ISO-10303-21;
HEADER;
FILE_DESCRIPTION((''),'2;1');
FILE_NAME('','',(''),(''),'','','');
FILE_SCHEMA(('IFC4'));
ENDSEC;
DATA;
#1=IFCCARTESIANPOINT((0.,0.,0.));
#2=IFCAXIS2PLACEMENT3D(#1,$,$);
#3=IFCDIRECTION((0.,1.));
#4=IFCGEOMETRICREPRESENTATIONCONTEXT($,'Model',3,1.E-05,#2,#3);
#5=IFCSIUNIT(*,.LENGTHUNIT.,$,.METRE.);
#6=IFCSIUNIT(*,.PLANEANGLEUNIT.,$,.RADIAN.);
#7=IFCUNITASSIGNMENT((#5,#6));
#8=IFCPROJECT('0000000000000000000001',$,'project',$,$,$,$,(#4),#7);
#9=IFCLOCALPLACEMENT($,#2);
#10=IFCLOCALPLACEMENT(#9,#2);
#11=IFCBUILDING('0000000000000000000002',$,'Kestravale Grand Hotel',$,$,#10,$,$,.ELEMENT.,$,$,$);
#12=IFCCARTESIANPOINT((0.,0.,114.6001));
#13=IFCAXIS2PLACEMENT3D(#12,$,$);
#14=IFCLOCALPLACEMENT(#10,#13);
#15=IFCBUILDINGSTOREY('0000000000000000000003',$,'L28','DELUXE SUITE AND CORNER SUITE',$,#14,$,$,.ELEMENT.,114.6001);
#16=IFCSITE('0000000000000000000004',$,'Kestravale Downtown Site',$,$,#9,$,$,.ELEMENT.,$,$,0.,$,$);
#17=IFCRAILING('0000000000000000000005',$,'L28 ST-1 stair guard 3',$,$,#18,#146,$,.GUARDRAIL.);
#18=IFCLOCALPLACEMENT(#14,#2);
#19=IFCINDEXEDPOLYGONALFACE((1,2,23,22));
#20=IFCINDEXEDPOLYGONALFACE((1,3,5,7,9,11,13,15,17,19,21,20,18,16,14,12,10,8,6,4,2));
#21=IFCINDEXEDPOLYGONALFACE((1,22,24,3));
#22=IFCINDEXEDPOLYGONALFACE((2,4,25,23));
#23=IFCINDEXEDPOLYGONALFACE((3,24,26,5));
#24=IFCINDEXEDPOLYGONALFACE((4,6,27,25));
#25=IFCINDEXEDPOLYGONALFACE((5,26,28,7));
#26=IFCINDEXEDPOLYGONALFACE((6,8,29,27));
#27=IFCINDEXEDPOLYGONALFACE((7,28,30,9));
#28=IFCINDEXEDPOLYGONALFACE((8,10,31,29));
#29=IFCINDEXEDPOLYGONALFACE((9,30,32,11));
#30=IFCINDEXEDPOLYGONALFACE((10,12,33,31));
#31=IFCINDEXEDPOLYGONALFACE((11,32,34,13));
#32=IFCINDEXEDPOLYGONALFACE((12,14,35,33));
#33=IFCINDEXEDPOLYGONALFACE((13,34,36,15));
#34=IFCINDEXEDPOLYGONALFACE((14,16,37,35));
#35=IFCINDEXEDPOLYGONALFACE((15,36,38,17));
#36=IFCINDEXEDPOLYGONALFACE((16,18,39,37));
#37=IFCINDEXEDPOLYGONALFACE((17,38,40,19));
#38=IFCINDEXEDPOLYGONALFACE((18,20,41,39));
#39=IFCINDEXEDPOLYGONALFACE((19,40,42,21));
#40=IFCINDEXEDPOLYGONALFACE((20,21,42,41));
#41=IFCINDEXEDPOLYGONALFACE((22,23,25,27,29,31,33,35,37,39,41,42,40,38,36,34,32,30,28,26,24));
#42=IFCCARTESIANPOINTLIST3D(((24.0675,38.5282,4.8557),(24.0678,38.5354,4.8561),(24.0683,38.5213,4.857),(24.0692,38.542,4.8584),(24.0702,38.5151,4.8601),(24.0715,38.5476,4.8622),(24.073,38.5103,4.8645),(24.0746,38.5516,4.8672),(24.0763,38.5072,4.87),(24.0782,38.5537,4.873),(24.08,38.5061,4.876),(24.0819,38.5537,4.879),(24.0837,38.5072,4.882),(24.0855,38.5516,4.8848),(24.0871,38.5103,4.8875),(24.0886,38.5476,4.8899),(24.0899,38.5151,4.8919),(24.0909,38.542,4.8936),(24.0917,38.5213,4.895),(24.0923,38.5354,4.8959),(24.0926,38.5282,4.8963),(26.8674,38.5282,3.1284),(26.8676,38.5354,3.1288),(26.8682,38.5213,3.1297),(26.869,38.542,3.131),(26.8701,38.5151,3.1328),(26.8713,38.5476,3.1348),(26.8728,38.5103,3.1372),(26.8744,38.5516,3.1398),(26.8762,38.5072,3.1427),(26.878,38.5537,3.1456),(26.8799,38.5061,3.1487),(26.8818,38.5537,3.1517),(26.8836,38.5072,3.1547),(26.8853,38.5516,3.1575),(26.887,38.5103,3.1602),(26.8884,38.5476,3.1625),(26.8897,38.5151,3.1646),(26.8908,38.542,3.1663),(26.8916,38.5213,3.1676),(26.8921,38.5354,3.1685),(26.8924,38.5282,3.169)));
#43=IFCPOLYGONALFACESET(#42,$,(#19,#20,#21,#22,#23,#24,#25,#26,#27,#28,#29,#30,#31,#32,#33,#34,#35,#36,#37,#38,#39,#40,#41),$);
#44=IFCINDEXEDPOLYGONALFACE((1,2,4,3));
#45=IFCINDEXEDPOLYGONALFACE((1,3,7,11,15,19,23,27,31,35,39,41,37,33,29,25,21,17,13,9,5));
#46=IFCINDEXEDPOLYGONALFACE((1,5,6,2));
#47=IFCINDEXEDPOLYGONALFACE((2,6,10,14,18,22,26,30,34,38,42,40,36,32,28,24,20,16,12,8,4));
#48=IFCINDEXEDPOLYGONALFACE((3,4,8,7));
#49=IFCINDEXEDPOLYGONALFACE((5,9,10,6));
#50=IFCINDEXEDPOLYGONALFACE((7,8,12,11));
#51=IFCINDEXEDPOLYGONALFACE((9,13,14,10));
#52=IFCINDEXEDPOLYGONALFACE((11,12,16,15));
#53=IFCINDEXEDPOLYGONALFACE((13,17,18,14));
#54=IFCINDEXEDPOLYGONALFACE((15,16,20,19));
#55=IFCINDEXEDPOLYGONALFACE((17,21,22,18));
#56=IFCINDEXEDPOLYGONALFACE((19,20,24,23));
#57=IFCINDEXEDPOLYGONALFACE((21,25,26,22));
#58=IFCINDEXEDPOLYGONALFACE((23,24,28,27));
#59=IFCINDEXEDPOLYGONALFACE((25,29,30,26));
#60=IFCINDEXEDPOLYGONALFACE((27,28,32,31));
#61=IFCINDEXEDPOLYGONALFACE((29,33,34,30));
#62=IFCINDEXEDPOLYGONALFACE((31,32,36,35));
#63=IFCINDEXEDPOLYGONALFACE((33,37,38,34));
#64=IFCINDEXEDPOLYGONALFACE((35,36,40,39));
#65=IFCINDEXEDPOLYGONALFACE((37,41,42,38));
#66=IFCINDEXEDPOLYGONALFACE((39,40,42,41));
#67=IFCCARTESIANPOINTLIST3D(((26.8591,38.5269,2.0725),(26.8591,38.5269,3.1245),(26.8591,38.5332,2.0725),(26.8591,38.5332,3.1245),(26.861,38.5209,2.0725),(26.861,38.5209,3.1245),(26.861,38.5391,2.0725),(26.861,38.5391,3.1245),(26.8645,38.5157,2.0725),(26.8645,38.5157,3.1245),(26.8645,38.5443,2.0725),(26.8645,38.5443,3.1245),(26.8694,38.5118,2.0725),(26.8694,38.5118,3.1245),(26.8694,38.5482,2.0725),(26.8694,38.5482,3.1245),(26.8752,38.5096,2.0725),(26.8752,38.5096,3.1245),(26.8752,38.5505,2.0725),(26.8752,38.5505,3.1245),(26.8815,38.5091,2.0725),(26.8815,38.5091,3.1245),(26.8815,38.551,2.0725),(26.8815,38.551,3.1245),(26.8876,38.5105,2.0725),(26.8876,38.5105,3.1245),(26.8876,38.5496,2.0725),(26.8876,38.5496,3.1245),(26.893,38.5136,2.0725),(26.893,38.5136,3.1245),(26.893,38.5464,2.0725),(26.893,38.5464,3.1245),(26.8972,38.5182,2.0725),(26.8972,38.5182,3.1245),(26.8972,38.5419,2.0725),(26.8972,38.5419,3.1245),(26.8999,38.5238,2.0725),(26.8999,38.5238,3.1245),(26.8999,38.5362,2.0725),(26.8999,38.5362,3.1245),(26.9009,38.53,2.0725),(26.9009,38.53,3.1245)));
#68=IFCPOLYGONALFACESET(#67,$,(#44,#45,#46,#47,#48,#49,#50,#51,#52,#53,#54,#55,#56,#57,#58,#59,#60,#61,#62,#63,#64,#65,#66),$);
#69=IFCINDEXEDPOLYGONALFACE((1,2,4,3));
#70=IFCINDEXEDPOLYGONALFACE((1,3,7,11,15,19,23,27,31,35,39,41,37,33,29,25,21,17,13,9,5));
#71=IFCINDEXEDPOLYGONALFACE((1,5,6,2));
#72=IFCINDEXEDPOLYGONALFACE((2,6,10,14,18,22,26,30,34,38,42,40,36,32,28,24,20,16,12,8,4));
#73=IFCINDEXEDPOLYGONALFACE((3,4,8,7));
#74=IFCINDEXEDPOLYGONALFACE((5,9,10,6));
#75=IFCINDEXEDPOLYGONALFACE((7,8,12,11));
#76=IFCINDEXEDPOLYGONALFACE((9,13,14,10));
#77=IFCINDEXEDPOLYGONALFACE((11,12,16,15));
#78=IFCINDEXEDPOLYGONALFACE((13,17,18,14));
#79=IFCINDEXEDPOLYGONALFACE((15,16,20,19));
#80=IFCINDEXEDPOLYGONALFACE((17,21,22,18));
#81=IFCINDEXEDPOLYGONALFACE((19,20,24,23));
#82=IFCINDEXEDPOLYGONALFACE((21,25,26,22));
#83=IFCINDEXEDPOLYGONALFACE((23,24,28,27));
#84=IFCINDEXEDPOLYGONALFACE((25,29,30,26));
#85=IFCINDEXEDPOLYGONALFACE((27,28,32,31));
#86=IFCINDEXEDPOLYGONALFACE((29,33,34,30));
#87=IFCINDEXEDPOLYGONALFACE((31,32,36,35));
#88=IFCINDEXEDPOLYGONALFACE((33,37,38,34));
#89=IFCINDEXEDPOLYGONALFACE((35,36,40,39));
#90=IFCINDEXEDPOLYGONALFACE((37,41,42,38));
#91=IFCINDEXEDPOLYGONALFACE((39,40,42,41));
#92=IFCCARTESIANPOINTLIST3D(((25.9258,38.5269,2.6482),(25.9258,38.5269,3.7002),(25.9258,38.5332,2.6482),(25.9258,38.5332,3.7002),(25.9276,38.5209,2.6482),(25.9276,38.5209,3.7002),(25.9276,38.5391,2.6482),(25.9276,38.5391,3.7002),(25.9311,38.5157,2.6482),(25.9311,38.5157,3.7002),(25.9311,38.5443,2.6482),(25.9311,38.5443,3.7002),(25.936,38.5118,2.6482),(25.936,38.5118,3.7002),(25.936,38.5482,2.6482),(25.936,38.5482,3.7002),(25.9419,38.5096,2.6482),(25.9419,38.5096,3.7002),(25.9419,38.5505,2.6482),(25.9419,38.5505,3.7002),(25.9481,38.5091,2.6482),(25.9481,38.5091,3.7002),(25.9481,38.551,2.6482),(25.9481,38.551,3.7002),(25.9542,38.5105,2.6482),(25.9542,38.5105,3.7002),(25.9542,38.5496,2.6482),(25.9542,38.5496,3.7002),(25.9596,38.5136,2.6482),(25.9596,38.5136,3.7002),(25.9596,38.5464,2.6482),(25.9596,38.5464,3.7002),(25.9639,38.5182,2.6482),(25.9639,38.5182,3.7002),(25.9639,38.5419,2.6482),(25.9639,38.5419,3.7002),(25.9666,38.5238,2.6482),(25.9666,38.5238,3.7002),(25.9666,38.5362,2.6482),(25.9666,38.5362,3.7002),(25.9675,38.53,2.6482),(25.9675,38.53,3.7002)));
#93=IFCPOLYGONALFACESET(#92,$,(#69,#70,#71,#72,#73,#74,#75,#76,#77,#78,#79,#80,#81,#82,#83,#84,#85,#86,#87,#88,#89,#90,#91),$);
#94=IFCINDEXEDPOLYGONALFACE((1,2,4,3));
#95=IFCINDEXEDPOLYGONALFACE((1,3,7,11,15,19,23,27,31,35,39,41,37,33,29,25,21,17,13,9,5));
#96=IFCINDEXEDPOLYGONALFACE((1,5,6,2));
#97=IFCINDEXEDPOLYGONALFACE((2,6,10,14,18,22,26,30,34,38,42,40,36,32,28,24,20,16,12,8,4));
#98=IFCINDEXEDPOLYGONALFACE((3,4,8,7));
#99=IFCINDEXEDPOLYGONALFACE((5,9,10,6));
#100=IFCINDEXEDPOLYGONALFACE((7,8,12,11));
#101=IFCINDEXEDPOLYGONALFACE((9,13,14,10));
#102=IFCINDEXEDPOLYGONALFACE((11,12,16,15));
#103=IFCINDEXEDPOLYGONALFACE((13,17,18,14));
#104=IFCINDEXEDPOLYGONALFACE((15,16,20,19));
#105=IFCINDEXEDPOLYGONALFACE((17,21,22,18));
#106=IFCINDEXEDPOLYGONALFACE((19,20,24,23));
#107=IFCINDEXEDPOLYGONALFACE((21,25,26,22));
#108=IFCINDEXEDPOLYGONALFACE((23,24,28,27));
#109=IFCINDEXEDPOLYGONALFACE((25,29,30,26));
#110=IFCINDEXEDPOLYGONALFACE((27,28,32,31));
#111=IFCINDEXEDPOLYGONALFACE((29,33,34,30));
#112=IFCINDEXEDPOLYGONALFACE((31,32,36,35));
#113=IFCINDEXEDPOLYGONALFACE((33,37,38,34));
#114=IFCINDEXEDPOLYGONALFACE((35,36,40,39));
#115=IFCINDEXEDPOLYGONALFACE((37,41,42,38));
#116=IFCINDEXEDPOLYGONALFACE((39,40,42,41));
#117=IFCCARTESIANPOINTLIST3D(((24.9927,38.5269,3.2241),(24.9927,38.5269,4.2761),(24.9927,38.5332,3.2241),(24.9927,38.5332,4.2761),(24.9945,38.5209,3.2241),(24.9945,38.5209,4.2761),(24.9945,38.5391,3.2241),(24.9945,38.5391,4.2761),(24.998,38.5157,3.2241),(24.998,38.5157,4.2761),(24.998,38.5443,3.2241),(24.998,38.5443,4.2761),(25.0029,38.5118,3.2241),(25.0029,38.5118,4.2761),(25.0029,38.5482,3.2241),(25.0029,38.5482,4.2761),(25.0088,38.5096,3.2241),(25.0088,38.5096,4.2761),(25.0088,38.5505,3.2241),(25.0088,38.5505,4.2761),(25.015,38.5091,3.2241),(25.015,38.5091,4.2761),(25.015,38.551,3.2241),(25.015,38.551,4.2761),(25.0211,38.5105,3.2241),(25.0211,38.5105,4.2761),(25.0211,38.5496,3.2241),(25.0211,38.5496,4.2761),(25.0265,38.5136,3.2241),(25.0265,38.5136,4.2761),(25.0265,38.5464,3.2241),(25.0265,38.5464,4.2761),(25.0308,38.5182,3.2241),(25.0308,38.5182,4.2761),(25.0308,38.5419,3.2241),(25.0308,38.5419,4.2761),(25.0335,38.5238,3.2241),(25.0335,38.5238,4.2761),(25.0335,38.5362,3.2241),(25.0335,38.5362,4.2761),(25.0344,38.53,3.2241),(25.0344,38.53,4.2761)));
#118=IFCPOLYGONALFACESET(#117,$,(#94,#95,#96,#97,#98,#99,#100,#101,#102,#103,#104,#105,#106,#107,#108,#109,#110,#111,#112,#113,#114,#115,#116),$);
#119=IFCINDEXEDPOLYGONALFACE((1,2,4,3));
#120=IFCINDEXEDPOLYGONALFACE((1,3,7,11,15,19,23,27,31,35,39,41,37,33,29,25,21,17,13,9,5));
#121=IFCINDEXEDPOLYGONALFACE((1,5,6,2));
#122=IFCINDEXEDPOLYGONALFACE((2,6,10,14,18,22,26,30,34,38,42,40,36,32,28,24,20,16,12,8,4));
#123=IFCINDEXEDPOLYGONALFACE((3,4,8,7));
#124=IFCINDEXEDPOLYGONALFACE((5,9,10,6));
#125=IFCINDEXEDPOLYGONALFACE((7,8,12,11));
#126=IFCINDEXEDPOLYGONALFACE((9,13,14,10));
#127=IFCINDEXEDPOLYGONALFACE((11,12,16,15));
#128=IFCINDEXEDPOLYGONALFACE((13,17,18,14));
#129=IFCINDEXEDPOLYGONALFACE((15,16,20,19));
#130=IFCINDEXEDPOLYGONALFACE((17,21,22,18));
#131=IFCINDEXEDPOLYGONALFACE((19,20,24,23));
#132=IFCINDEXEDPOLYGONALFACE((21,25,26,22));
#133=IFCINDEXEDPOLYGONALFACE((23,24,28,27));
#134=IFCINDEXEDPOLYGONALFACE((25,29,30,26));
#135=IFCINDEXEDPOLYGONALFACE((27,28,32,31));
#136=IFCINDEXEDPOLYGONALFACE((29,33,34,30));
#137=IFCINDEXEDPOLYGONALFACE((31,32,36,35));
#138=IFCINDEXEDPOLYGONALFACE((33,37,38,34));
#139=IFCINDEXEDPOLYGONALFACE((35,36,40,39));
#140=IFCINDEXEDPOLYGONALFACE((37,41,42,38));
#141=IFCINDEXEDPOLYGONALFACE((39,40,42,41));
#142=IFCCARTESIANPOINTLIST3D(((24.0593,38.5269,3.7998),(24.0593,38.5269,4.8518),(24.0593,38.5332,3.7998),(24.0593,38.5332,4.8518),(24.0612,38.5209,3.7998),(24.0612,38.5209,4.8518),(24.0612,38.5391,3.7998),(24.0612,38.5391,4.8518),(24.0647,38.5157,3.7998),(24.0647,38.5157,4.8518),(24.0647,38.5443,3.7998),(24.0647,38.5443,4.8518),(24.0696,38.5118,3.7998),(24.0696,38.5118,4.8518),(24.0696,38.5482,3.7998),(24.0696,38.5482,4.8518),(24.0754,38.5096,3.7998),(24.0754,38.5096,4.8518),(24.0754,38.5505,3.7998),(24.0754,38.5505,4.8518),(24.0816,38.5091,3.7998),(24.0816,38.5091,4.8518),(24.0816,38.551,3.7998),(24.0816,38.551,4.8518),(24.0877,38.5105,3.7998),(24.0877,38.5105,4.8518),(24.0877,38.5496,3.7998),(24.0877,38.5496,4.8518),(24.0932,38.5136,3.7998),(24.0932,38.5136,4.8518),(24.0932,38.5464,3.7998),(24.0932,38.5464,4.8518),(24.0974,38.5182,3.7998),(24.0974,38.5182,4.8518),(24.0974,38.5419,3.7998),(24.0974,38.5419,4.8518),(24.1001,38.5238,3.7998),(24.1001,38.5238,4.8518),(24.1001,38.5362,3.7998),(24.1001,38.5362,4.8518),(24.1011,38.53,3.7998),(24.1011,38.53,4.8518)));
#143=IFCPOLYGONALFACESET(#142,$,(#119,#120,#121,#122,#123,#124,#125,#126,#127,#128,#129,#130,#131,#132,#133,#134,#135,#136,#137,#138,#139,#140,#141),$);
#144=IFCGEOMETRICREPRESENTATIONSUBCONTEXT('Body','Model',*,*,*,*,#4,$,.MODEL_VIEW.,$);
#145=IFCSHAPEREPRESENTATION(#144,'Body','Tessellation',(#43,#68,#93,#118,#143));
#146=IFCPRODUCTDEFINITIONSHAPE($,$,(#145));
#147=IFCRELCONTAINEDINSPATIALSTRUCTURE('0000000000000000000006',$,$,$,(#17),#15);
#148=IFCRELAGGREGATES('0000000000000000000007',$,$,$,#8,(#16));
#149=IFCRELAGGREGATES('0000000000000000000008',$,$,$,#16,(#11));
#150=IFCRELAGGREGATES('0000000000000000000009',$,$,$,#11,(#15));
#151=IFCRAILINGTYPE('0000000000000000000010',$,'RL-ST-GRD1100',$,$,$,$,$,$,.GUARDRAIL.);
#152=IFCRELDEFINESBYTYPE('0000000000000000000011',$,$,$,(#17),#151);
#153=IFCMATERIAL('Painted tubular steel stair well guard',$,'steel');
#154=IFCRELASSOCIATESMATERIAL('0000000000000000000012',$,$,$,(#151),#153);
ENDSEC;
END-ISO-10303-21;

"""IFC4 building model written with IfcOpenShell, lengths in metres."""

from ifc_helpers import new_model, si_unit, direction, frame, origin, origin_2d, place, context, subcontext, project, spatial, circle, extrude, material, type_object, element, save


model = new_model("IFC4")

# Units and contexts
model_context = context("Model", 3, precision=1e-05, world=origin(), true_north=direction((0.0, 1.0)))
body_context = subcontext(model_context, "Body", "Model", "MODEL_VIEW")
ifc_project = project(units=[si_unit("LENGTHUNIT", "METRE"), si_unit("PLANEANGLEUNIT", "RADIAN")], contexts=[model_context])

# Site, building, storey
site_placement = place(None, origin())
site = spatial("IfcSite", under=ifc_project, at=site_placement, Name="Kestravale Downtown Site", CompositionType="ELEMENT", RefElevation=0.0)
building_placement = place(site_placement, origin())
building = spatial("IfcBuilding", under=site, at=building_placement, Name="Kestravale Grand Hotel", CompositionType="ELEMENT")
storey_placement = place(building_placement, frame((0.0, 0.0, 114.6001)))
storey = spatial("IfcBuildingStorey", under=building, at=storey_placement, Name="L28", Description="DELUXE SUITE AND CORNER SUITE", CompositionType="ELEMENT", Elevation=114.6001)

# Railing
ifc_material_1 = material(Name="Painted tubular steel stair well guard", Category="steel")
railing_type_1 = type_object("IfcRailingType", Name="RL-ST-GRD1100", PredefinedType="GUARDRAIL", material=ifc_material_1)
railing_1_placement = place(storey_placement, frame((26.8799, 38.53, 2.0725)))
element("IfcRailing", 1, at=railing_1_placement, inside=storey, type_object=railing_type_1, Name="L28 ST-1 stair guard 3", PredefinedType="GUARDRAIL", context=body_context, shape_type="SweptSolid", body=[
    extrude(circle(Radius=0.0239, at=origin_2d()), frame((0.0, 0.0, 1.0762), z_axis=(-0.851069, 0.0, 0.525054), x_axis=(0.0, -1.0, 0.0)), (0.0, 0.0, 1.0), 3.2898),
    extrude(circle(Radius=0.021, at=origin_2d()), origin(), (0.0, 0.0, 1.0), 1.052),
    extrude(circle(Radius=0.021, at=origin_2d()), frame((-0.9333, 0.0, 0.5757)), (0.0, 0.0, 1.0), 1.052),
    extrude(circle(Radius=0.021, at=origin_2d()), frame((-1.8665, 0.0, 1.1516)), (0.0, 0.0, 1.0), 1.052),
    extrude(circle(Radius=0.021, at=origin_2d()), frame((-2.7998, 0.0, 1.7273)), (0.0, 0.0, 1.0), 1.052),
])

save(model, "model.ifc")
